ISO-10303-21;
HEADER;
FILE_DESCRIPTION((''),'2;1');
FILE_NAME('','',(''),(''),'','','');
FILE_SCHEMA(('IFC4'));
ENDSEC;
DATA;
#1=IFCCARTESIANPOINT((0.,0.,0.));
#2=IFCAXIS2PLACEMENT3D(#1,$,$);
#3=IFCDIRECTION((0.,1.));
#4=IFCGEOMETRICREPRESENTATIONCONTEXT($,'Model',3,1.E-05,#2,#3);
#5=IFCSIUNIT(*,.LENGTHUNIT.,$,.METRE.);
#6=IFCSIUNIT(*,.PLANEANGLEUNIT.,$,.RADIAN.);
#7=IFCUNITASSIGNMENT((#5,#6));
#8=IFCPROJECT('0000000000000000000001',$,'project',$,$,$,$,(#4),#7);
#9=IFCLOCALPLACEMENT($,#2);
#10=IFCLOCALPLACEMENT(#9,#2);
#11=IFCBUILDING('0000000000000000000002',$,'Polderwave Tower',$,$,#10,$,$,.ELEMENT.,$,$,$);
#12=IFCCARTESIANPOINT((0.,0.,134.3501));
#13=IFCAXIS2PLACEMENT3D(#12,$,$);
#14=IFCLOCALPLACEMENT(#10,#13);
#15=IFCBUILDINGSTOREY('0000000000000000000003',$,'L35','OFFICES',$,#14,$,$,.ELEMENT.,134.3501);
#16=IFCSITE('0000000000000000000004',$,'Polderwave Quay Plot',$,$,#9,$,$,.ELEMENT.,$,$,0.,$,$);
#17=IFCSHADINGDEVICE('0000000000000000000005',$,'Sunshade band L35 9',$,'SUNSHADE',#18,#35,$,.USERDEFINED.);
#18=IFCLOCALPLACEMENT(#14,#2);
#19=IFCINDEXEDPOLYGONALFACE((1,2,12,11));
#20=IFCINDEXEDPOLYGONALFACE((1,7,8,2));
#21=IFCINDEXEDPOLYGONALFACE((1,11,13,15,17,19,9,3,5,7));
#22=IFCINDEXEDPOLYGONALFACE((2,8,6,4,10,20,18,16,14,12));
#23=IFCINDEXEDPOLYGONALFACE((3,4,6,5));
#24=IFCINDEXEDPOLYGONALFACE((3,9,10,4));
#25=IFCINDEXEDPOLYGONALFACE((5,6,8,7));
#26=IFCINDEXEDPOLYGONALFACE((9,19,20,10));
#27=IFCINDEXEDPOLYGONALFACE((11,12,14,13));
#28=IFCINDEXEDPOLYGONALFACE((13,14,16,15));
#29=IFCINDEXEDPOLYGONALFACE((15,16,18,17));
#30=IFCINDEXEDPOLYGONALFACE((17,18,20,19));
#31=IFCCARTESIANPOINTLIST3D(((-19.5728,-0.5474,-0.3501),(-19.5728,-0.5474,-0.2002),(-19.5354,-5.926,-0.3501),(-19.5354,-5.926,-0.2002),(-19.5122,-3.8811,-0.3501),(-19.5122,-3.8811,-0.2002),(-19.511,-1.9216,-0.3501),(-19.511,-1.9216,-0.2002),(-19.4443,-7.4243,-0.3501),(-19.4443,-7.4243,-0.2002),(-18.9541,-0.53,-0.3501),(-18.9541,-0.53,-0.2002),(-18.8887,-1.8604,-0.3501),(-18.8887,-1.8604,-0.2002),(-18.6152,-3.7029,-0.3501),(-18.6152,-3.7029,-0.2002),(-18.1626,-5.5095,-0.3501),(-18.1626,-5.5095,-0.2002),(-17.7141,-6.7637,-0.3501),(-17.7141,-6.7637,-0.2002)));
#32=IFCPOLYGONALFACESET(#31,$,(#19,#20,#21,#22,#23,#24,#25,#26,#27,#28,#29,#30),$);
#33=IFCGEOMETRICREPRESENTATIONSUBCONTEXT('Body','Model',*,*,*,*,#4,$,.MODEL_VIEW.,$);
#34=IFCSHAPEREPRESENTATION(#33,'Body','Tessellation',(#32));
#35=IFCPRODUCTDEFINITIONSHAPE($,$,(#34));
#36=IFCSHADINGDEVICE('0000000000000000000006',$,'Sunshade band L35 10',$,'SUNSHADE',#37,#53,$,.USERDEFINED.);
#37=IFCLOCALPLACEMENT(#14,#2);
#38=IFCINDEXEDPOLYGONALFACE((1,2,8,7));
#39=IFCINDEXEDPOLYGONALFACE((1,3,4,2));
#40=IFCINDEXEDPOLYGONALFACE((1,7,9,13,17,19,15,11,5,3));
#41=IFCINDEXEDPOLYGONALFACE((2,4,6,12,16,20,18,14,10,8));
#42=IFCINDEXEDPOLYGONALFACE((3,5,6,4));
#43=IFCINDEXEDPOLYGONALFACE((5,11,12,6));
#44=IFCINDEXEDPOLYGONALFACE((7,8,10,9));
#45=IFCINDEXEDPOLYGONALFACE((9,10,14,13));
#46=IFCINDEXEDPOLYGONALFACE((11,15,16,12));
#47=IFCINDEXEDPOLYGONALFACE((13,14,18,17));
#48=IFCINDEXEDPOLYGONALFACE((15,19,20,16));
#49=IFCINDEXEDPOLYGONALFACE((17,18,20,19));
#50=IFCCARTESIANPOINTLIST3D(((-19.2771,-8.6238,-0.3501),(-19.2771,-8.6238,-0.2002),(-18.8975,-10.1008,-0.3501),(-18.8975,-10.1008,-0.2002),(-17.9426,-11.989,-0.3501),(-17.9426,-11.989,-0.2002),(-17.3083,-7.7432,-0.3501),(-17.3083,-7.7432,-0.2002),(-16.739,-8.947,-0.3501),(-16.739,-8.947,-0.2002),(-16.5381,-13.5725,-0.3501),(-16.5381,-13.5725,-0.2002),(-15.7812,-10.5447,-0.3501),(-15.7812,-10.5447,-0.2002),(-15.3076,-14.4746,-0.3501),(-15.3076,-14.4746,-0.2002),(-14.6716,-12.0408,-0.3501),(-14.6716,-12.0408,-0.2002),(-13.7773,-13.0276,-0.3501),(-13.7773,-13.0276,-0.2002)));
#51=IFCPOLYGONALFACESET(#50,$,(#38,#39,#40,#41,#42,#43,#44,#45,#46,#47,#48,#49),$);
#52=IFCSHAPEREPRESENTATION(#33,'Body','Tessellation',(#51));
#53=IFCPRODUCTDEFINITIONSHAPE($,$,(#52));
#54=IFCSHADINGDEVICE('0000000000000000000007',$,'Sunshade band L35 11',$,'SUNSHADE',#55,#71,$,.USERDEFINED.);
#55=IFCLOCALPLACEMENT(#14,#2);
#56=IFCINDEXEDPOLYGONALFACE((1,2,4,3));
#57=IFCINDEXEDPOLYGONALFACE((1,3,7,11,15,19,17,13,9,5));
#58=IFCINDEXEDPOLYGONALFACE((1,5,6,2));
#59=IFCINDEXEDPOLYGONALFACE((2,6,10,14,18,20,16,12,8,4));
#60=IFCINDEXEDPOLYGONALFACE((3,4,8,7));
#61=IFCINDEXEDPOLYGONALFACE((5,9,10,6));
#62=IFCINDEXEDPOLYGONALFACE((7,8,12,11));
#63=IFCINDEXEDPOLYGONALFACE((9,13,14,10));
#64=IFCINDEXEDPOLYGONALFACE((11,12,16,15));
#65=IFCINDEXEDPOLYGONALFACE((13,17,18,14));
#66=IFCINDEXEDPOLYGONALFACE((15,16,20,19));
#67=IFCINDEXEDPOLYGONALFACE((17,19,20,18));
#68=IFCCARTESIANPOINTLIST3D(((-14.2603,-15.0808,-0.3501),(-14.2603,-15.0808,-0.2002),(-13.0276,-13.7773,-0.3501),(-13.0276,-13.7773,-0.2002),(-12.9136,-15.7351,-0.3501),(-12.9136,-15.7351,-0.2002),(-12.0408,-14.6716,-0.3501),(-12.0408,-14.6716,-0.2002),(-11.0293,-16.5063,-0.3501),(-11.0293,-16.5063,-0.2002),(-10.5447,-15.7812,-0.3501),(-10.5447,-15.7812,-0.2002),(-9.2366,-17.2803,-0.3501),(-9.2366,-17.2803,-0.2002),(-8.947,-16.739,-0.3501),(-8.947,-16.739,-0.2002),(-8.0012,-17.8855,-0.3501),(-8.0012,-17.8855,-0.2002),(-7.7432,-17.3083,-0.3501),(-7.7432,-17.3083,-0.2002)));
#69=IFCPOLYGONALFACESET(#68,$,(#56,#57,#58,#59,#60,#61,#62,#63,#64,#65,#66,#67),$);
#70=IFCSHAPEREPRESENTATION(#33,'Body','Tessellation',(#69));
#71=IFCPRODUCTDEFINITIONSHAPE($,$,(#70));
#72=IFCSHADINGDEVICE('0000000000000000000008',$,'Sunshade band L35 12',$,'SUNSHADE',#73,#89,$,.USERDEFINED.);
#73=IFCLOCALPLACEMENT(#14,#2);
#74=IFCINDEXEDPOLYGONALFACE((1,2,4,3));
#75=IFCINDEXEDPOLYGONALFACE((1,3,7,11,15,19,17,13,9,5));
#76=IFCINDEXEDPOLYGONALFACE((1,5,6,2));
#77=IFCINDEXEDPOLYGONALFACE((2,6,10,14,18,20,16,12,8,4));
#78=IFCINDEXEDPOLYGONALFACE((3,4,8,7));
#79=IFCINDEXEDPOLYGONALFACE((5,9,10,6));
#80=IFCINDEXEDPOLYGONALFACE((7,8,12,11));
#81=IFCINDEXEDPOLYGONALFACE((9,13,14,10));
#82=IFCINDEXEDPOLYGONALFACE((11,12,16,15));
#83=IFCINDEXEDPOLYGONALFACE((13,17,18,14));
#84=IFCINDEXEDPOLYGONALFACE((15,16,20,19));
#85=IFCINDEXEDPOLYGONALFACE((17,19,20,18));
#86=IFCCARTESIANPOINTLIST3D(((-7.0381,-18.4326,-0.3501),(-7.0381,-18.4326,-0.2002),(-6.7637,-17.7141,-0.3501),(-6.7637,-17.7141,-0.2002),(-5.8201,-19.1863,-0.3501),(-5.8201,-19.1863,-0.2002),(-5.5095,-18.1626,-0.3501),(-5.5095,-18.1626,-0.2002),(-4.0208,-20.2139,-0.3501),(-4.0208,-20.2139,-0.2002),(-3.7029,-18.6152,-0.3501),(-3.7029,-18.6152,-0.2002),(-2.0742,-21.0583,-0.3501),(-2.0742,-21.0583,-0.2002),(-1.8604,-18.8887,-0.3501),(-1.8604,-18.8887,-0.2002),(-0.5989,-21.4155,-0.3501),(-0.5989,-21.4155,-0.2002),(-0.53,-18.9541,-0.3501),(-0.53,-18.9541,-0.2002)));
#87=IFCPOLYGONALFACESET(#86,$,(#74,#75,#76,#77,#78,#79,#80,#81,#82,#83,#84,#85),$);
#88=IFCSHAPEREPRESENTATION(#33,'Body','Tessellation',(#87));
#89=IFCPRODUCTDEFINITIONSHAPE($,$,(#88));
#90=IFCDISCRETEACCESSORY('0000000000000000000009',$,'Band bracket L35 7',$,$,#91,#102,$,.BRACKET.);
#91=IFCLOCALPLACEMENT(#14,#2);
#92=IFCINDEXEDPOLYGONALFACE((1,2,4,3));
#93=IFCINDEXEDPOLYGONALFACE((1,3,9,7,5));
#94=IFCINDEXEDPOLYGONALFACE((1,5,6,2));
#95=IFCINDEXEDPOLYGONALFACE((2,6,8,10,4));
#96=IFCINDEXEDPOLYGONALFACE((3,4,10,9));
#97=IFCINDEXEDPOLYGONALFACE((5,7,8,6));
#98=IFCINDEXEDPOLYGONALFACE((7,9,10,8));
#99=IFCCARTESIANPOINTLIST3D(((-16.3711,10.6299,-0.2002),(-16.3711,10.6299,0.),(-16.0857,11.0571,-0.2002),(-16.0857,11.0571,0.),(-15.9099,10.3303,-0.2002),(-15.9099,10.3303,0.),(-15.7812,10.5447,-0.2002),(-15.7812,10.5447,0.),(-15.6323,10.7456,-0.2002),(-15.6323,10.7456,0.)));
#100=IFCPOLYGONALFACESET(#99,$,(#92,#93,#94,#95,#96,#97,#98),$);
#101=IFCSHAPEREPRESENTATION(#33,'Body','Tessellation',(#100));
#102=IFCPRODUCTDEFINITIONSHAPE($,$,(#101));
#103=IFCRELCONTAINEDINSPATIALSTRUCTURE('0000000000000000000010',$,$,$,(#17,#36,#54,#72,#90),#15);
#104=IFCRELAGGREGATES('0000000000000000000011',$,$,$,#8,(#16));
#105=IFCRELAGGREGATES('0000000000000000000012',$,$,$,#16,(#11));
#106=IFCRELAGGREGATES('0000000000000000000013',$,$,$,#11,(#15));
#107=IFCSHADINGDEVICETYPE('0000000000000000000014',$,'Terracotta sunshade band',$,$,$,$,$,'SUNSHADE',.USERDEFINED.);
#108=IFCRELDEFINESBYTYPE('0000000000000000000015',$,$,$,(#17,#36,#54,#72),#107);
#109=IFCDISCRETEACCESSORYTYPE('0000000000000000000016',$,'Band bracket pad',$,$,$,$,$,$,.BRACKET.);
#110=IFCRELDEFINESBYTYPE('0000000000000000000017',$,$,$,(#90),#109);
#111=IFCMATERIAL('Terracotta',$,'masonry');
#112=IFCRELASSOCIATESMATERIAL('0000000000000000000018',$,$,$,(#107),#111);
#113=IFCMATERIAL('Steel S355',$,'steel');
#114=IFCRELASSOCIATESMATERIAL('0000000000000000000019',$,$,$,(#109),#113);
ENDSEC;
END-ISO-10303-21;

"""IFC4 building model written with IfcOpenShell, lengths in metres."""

from ifc_helpers import new_model, si_unit, direction, frame, origin, place, context, subcontext, project, spatial, polyline, outline, extrude, material, type_object, element, save


model = new_model("IFC4")

# Units and contexts
model_context = context("Model", 3, precision=1e-05, world=origin(), true_north=direction((0.0, 1.0)))
body_context = subcontext(model_context, "Body", "Model", "MODEL_VIEW")
ifc_project = project(units=[si_unit("LENGTHUNIT", "METRE"), si_unit("PLANEANGLEUNIT", "RADIAN")], contexts=[model_context])

# Site, building, storey
site_placement = place(None, origin())
site = spatial("IfcSite", under=ifc_project, at=site_placement, Name="Polderwave Quay Plot", CompositionType="ELEMENT", RefElevation=0.0)
building_placement = place(site_placement, origin())
building = spatial("IfcBuilding", under=site, at=building_placement, Name="Polderwave Tower", CompositionType="ELEMENT")
storey_placement = place(building_placement, frame((0.0, 0.0, 134.3501)))
storey = spatial("IfcBuildingStorey", under=building, at=storey_placement, Name="L35", Description="OFFICES", CompositionType="ELEMENT", Elevation=134.3501)

# Shading devices
ifc_material_1 = material(Name="Terracotta", Category="masonry")
shading_device_type = type_object("IfcShadingDeviceType", Name="Terracotta sunshade band", ElementType="SUNSHADE", PredefinedType="USERDEFINED", material=ifc_material_1)
shading_device_1_placement = place(storey_placement, frame((0.0, 0.0, -0.3501)))
element("IfcShadingDevice", 1, at=shading_device_1_placement, inside=storey, type_object=shading_device_type, Name="Sunshade band L35 9", ObjectType="SUNSHADE", PredefinedType="USERDEFINED", context=body_context, shape_type="SweptSolid", body=[
    extrude(outline(polyline([(-18.9541, -0.53), (-18.8887, -1.8604), (-18.6152, -3.7029), (-18.1626, -5.5095), (-17.7141, -6.7637), (-19.4443, -7.4243), (-19.5354, -5.926), (-19.5122, -3.8811), (-19.511, -1.9216), (-19.5728, -0.5474), (-18.9541, -0.53)])), origin(), (0.0, 0.0, 1.0), 0.1499),
])
shading_device_2_placement = place(storey_placement, frame((0.0, 0.0, -0.3501)))
element("IfcShadingDevice", 2, at=shading_device_2_placement, inside=storey, type_object=shading_device_type, Name="Sunshade band L35 10", ObjectType="SUNSHADE", PredefinedType="USERDEFINED", context=body_context, shape_type="SweptSolid", body=[
    extrude(outline(polyline([(-17.3083, -7.7432), (-16.739, -8.947), (-15.7812, -10.5447), (-14.6716, -12.0408), (-13.7773, -13.0276), (-15.3076, -14.4746), (-16.5381, -13.5725), (-17.9426, -11.989), (-18.8975, -10.1008), (-19.2771, -8.6238), (-17.3083, -7.7432)])), origin(), (0.0, 0.0, 1.0), 0.1499),
])
shading_device_3_placement = place(storey_placement, frame((0.0, 0.0, -0.3501)))
element("IfcShadingDevice", 3, at=shading_device_3_placement, inside=storey, type_object=shading_device_type, Name="Sunshade band L35 11", ObjectType="SUNSHADE", PredefinedType="USERDEFINED", context=body_context, shape_type="SweptSolid", body=[
    extrude(outline(polyline([(-13.0276, -13.7773), (-12.0408, -14.6716), (-10.5447, -15.7812), (-8.947, -16.739), (-7.7432, -17.3083), (-8.0012, -17.8855), (-9.2366, -17.2803), (-11.0293, -16.5063), (-12.9136, -15.7351), (-14.2603, -15.0808), (-13.0276, -13.7773)])), origin(), (0.0, 0.0, 1.0), 0.1499),
])
shading_device_4_placement = place(storey_placement, frame((0.0, 0.0, -0.3501)))
element("IfcShadingDevice", 4, at=shading_device_4_placement, inside=storey, type_object=shading_device_type, Name="Sunshade band L35 12", ObjectType="SUNSHADE", PredefinedType="USERDEFINED", context=body_context, shape_type="SweptSolid", body=[
    extrude(outline(polyline([(-6.7637, -17.7141), (-5.5095, -18.1626), (-3.7029, -18.6152), (-1.8604, -18.8887), (-0.53, -18.9541), (-0.5989, -21.4155), (-2.0742, -21.0583), (-4.0208, -20.2139), (-5.8201, -19.1863), (-7.0381, -18.4326), (-6.7637, -17.7141)])), origin(), (0.0, 0.0, 1.0), 0.1499),
])

# Discrete accessory
ifc_material_2 = material(Name="Steel S355", Category="steel")
discrete_accessory_type = type_object("IfcDiscreteAccessoryType", Name="Band bracket pad", PredefinedType="BRACKET", material=ifc_material_2)
discrete_accessory_placement = place(storey_placement, frame((0.0, 0.0, -0.2002)))
element("IfcDiscreteAccessory", 5, at=discrete_accessory_placement, inside=storey, type_object=discrete_accessory_type, Name="Band bracket L35 7", PredefinedType="BRACKET", context=body_context, shape_type="SweptSolid", body=[
    extrude(outline(polyline([(-15.6323, 10.7456), (-15.7812, 10.5447), (-15.9099, 10.3303), (-16.3711, 10.6299), (-16.0857, 11.0571), (-15.6323, 10.7456)])), origin(), (0.0, 0.0, 1.0), 0.2002),
])

save(model, "model.ifc")
